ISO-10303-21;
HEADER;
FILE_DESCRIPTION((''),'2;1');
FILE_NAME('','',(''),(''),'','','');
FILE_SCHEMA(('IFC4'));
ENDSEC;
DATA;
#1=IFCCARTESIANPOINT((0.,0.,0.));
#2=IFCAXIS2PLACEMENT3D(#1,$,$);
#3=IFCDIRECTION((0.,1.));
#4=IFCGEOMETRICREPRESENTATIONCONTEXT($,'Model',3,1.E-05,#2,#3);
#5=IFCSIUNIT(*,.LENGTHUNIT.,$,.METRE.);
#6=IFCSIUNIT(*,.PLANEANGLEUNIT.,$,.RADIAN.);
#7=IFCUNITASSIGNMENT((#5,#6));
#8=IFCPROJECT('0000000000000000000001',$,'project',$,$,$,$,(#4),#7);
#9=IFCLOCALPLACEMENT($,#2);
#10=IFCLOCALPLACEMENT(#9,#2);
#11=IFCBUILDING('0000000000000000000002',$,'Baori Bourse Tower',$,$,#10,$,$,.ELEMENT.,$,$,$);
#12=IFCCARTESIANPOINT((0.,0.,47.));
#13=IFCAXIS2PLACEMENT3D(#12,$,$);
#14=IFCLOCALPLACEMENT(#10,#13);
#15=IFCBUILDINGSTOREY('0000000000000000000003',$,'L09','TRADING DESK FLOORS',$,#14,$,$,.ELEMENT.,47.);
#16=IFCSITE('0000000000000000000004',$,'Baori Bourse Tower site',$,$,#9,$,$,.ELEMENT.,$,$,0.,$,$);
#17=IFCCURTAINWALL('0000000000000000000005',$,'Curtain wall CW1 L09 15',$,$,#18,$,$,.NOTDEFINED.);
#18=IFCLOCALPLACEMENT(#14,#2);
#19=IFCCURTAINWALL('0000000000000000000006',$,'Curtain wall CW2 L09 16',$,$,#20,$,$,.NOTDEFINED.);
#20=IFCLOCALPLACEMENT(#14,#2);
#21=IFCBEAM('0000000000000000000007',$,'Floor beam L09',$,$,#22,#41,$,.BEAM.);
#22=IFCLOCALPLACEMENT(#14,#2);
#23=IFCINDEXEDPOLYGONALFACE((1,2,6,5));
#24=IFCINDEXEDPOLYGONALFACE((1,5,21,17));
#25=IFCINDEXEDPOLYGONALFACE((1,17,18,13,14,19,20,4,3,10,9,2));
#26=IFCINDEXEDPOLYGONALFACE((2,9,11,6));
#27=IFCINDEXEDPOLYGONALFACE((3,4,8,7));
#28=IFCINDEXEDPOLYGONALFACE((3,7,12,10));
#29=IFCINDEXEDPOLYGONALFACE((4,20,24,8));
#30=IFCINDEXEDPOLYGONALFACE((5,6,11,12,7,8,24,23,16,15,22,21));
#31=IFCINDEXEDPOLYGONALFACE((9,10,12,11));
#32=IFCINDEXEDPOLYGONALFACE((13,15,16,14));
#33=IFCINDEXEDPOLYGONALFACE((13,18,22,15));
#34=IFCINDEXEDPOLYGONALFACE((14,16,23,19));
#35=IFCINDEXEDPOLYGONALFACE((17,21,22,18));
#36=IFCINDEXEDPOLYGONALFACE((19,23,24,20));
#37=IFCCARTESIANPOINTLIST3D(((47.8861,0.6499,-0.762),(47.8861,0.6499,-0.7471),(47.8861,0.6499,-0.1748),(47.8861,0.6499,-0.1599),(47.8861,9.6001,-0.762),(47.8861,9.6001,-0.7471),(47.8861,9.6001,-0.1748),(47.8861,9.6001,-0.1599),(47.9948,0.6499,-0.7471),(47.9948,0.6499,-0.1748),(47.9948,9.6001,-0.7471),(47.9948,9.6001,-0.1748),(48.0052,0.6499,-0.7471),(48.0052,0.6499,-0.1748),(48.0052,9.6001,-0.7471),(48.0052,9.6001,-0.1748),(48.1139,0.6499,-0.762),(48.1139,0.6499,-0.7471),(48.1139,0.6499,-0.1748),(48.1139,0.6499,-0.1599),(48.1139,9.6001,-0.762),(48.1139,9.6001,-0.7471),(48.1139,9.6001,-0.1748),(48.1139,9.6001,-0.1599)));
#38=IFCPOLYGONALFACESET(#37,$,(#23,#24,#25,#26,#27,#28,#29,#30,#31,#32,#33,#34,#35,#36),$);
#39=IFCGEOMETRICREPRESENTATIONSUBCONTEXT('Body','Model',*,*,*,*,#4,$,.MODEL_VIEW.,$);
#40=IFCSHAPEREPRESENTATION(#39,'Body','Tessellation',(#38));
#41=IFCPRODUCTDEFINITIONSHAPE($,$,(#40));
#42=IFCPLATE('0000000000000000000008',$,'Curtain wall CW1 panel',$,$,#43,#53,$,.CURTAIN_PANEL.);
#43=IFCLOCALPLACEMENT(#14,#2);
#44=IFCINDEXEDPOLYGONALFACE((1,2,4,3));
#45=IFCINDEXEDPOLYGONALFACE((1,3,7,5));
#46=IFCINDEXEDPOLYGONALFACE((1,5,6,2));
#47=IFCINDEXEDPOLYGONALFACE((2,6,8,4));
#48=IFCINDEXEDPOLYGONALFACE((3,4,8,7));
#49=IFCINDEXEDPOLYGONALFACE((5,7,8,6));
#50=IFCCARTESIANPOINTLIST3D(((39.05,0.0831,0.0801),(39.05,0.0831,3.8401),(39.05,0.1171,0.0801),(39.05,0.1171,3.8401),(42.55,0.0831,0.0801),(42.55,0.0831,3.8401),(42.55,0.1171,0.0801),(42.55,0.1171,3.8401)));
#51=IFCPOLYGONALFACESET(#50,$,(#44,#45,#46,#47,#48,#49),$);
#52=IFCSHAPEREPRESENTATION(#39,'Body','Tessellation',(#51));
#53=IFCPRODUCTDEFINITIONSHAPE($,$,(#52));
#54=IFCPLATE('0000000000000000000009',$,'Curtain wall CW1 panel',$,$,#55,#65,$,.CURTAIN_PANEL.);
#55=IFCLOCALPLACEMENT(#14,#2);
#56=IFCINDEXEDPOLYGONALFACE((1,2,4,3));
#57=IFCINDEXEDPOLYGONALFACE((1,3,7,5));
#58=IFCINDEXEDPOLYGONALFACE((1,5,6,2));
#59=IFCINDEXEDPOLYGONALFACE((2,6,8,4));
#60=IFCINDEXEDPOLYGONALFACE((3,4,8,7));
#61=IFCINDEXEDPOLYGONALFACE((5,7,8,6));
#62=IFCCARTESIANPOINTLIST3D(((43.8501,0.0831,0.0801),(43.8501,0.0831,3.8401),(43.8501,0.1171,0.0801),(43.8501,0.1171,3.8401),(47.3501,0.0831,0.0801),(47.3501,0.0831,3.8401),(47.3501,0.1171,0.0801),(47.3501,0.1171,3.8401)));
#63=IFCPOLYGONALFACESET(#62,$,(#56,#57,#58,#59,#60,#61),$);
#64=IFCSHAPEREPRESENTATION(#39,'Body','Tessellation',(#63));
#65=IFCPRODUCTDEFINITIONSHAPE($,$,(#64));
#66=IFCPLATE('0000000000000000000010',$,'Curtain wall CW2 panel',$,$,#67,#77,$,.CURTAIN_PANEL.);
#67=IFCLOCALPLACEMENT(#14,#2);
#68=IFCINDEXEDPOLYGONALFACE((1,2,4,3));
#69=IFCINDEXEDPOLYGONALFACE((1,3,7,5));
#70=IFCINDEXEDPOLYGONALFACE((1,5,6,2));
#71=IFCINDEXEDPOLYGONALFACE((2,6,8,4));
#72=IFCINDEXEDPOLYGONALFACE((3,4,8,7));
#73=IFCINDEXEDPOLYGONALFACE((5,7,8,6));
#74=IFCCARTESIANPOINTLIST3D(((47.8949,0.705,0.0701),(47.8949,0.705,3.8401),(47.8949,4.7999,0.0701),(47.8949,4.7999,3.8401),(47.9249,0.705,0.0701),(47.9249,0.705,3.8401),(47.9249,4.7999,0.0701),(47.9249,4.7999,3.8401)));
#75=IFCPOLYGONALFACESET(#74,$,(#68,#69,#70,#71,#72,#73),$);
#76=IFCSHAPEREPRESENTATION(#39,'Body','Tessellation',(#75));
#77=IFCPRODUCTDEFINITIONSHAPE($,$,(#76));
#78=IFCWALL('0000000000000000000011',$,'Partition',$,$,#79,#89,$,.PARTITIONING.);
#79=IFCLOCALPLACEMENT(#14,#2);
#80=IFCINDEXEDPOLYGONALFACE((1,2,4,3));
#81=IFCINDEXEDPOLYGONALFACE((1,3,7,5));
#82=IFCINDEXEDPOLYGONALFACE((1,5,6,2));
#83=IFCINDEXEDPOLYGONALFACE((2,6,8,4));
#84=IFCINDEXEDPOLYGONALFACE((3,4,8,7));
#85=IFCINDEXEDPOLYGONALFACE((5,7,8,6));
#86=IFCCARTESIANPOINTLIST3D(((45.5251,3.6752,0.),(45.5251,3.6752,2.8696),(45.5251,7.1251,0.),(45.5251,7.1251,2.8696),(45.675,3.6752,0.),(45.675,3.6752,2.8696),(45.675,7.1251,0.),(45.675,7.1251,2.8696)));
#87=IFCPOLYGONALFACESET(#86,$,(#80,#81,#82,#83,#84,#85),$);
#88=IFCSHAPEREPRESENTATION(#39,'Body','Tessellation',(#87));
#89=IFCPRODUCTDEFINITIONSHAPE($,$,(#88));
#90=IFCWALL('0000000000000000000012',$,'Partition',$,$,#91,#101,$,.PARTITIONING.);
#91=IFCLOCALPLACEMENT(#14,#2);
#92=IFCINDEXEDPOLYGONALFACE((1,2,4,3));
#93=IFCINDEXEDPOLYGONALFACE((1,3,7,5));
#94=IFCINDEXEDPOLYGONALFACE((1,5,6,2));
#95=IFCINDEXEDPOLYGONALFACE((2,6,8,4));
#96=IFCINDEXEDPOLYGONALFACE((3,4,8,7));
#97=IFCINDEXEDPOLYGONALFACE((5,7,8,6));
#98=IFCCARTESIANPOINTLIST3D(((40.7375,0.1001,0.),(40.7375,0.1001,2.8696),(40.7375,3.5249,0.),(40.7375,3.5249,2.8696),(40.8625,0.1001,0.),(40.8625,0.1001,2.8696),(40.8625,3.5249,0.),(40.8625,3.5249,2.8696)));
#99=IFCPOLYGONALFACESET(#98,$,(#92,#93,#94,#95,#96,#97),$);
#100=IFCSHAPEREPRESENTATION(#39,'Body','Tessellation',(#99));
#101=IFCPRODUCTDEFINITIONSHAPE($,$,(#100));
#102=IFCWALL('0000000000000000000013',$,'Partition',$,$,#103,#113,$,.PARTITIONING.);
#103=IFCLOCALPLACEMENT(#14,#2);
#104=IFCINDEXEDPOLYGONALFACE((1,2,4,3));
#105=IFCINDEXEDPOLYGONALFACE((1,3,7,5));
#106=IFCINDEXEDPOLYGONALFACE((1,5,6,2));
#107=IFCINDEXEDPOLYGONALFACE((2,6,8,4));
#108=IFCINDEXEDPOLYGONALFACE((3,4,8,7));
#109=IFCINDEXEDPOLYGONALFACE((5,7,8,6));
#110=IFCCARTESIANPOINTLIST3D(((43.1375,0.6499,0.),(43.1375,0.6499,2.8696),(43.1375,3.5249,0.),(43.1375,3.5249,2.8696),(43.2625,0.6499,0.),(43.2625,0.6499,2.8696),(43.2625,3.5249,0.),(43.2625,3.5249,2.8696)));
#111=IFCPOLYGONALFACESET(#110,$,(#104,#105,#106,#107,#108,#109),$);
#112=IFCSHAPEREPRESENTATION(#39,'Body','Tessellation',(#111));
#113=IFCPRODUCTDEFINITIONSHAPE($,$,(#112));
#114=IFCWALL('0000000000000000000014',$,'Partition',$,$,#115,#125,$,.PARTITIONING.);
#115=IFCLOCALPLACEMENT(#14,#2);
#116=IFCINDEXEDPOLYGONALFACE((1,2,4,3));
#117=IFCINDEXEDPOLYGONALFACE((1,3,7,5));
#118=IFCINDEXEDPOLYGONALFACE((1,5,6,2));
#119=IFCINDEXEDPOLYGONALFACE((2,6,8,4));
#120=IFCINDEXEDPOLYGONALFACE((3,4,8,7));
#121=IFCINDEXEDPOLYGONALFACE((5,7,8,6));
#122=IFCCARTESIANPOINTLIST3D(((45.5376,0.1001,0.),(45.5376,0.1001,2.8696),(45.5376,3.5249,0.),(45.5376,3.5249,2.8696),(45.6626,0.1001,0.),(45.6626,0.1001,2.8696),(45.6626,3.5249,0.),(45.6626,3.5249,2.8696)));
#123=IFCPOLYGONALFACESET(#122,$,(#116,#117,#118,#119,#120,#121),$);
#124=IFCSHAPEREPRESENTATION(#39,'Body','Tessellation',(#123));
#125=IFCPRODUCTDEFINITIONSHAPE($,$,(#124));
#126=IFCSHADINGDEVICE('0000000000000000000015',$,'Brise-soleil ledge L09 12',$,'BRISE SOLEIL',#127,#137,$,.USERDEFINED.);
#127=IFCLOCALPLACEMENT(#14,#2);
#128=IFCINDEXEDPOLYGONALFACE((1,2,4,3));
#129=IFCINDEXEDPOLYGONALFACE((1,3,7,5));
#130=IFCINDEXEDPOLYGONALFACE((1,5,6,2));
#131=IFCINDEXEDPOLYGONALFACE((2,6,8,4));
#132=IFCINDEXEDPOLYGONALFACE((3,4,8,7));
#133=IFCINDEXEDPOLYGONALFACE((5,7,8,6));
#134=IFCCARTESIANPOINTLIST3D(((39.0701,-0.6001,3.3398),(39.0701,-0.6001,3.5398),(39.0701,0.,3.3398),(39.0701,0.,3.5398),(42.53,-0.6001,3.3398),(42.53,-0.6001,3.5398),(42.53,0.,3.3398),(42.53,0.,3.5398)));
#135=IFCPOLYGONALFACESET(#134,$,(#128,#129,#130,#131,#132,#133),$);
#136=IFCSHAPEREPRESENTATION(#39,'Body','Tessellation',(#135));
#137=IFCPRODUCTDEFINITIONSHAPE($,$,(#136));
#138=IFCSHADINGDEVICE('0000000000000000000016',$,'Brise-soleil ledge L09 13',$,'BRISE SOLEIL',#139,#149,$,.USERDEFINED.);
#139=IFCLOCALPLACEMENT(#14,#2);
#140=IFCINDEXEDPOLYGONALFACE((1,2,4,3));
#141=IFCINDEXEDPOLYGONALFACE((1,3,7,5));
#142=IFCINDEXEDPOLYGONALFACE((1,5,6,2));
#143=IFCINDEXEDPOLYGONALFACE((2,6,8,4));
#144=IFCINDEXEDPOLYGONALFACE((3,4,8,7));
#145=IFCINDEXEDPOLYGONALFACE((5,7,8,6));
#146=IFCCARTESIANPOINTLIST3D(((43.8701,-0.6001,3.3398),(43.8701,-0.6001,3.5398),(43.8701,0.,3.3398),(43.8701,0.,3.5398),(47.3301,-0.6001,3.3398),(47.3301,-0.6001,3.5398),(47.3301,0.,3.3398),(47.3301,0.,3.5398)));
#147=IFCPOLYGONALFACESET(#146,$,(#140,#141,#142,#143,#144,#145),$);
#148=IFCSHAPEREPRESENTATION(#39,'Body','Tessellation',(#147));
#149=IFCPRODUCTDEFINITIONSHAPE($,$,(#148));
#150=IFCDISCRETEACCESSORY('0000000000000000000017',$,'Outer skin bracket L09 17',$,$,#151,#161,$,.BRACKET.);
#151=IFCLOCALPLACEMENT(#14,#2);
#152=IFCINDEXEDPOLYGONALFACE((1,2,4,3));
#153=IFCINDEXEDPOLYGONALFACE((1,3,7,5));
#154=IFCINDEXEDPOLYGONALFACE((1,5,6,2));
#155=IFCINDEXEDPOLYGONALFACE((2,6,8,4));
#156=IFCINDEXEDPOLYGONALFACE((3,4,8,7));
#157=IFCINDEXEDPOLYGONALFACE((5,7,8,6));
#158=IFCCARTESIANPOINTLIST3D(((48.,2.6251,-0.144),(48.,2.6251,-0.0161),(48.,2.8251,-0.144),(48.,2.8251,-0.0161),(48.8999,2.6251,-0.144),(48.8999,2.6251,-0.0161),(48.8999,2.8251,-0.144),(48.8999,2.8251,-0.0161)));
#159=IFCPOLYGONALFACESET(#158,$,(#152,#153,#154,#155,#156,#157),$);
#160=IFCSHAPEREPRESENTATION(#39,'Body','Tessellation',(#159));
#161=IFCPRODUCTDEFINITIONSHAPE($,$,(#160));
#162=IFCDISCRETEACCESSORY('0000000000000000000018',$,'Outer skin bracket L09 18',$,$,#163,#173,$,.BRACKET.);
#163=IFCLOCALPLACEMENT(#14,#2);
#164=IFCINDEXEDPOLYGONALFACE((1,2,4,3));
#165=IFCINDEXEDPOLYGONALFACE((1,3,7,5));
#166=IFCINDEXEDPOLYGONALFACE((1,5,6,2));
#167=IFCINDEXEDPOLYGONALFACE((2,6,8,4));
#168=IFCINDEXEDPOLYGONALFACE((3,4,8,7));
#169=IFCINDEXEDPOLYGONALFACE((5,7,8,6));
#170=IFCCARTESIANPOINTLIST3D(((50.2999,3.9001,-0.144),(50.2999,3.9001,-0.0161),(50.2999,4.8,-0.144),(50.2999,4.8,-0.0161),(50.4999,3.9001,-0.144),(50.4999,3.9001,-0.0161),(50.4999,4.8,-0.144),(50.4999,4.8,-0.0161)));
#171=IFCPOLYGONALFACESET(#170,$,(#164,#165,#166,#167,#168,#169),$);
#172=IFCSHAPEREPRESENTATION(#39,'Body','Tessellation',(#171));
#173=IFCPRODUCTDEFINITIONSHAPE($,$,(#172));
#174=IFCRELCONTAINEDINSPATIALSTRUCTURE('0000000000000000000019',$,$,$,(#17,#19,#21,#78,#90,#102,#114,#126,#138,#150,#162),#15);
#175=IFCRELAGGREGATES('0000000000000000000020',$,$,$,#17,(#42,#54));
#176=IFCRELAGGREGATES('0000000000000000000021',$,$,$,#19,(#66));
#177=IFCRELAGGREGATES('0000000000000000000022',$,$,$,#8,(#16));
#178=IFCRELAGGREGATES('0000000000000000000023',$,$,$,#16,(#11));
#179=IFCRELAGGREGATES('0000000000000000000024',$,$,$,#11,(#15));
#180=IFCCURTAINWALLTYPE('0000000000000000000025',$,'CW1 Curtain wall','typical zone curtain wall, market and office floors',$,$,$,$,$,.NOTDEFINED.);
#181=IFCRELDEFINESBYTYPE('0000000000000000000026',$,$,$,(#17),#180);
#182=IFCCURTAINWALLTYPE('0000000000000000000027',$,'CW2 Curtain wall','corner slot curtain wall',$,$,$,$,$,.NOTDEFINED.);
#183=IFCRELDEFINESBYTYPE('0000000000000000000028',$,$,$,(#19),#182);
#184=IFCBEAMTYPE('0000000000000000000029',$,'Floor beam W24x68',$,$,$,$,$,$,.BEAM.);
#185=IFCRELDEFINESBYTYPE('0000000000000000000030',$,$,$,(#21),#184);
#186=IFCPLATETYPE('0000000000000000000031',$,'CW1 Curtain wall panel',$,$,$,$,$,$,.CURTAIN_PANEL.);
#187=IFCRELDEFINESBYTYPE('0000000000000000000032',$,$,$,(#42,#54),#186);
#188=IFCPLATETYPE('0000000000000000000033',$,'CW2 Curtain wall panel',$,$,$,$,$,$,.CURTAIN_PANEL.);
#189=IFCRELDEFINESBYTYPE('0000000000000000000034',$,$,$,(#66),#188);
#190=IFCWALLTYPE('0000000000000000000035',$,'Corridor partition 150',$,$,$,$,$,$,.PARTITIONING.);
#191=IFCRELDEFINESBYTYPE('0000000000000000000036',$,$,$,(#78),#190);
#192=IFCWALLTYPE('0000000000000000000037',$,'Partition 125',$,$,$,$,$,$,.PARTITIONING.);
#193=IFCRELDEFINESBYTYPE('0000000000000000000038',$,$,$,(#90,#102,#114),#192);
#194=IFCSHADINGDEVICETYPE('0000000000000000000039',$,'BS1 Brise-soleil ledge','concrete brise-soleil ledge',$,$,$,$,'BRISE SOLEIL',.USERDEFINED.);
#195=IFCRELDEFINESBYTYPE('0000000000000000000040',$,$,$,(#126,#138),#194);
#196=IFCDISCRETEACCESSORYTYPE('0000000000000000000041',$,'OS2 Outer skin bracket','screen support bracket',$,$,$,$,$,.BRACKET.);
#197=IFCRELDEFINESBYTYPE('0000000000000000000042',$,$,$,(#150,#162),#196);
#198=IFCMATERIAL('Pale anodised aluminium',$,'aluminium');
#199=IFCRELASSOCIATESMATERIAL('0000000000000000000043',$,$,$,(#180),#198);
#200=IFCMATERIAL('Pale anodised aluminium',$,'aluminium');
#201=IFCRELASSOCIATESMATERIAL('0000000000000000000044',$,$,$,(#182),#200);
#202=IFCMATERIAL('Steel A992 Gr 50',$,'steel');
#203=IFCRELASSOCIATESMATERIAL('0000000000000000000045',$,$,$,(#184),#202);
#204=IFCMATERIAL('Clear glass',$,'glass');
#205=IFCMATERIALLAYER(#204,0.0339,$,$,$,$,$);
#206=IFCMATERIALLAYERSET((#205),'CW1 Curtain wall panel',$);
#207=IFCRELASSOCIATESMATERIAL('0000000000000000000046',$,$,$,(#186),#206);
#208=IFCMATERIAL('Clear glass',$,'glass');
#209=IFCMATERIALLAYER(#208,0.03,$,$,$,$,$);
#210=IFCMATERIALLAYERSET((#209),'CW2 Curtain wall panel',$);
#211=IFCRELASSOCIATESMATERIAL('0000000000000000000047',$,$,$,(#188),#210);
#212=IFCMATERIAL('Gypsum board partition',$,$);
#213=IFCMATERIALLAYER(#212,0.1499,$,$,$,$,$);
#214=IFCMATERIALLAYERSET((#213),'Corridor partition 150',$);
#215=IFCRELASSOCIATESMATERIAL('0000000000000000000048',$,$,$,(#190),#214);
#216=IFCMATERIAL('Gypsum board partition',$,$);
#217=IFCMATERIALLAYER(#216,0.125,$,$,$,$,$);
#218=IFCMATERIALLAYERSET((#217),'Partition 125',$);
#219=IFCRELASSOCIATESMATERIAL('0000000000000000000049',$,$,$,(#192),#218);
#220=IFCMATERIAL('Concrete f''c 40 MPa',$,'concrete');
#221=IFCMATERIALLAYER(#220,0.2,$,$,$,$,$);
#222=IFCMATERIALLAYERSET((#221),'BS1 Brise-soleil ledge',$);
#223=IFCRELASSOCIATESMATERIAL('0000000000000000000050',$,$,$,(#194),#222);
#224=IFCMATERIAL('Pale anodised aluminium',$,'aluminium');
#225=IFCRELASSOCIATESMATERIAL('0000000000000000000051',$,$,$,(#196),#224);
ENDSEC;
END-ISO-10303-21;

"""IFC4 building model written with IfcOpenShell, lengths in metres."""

from ifc_helpers import new_model, si_unit, direction, frame, frame_2d, origin, origin_2d, place, context, subcontext, project, spatial, rectangle, i_section, extrude, material, layer, layer_set, material_profile, profile_set, type_object, element, aggregate, save


model = new_model("IFC4")

# Units and contexts
model_context = context("Model", 3, precision=1e-05, world=origin(), true_north=direction((0.0, 1.0)))
body_context = subcontext(model_context, "Body", "Model", "MODEL_VIEW")
ifc_project = project(units=[si_unit("LENGTHUNIT", "METRE"), si_unit("PLANEANGLEUNIT", "RADIAN")], contexts=[model_context])

# Site, building, storey
site_placement = place(None, origin())
site = spatial("IfcSite", under=ifc_project, at=site_placement, Name="Baori Bourse Tower site", CompositionType="ELEMENT", RefElevation=0.0)
building_placement = place(site_placement, origin())
building = spatial("IfcBuilding", under=site, at=building_placement, Name="Baori Bourse Tower", CompositionType="ELEMENT")
storey_placement = place(building_placement, frame((0.0, 0.0, 47.0)))
storey = spatial("IfcBuildingStorey", under=building, at=storey_placement, Name="L09", Description="TRADING DESK FLOORS", CompositionType="ELEMENT", Elevation=47.0)

# Curtain walls
ifc_material_1 = material(Name="Pale anodised aluminium", Category="aluminium")
curtain_wall_type_1 = type_object("IfcCurtainWallType", Name="CW1 Curtain wall", Description="typical zone curtain wall, market and office floors", PredefinedType="NOTDEFINED", material=ifc_material_1)
curtain_wall_1_placement = place(storey_placement, origin())
curtain_wall_1 = element("IfcCurtainWall", 1, at=curtain_wall_1_placement, inside=storey, type_object=curtain_wall_type_1, Name="Curtain wall CW1 L09 15", PredefinedType="NOTDEFINED")
ifc_material_2 = material(Name="Pale anodised aluminium", Category="aluminium")
curtain_wall_type_2 = type_object("IfcCurtainWallType", Name="CW2 Curtain wall", Description="corner slot curtain wall", PredefinedType="NOTDEFINED", material=ifc_material_2)
curtain_wall_2_placement = place(storey_placement, origin())
curtain_wall_2 = element("IfcCurtainWall", 2, at=curtain_wall_2_placement, inside=storey, type_object=curtain_wall_type_2, Name="Curtain wall CW2 L09 16", PredefinedType="NOTDEFINED")

# Beam
ifc_material_3 = material(Name="Steel A992 Gr 50", Category="steel")
ifc_material_profile_1 = material_profile(ifc_material_3, i_section(OverallWidth=0.2278, OverallDepth=0.6021, WebThickness=0.0105, FlangeThickness=0.0149, at=origin_2d()), Name="W24x68")
ifc_profile_set_1 = profile_set([ifc_material_profile_1], Name="Steel A992 Gr 50")
beam_type_1 = type_object("IfcBeamType", Name="Floor beam W24x68", PredefinedType="BEAM", material=ifc_profile_set_1)
beam_1_placement = place(storey_placement, frame((48.0, 0.6499, -0.4609), z_axis=(0.0, 1.0, 0.0), x_axis=(-1.0, 0.0, 0.0)))
element("IfcBeam", 3, at=beam_1_placement, inside=storey, type_object=beam_type_1, Name="Floor beam L09", PredefinedType="BEAM", context=body_context, shape_type="SweptSolid", body=[
    extrude(i_section(OverallWidth=0.2278, OverallDepth=0.6021, WebThickness=0.0105, FlangeThickness=0.0149, at=origin_2d()), origin(), (0.0, 0.0, 1.0), 8.9502),
])

# Plates
ifc_material_4 = material(Name="Clear glass", Category="glass")
ifc_layer_1 = layer(ifc_material_4, 0.0339)
ifc_layer_set_1 = layer_set([ifc_layer_1], Name="CW1 Curtain wall panel")
plate_type_1 = type_object("IfcPlateType", Name="CW1 Curtain wall panel", PredefinedType="CURTAIN_PANEL", material=ifc_layer_set_1)
plate_1_placement = place(storey_placement, frame((40.8, 0.1001, 0.0801), z_axis=(0.0, 0.0, 1.0), x_axis=(1.0, 0.0, 0.0)))
plate_1 = element("IfcPlate", 4, at=plate_1_placement, type_object=plate_type_1, Name="Curtain wall CW1 panel", PredefinedType="CURTAIN_PANEL", context=body_context, shape_type="SweptSolid", body=[
    extrude(rectangle(XDim=3.5, YDim=0.0339, at=origin_2d()), origin(), (0.0, 0.0, 1.0), 3.76),
])
plate_2_placement = place(storey_placement, frame((45.6001, 0.1001, 0.0801), z_axis=(0.0, 0.0, 1.0), x_axis=(1.0, 0.0, 0.0)))
plate_2 = element("IfcPlate", 5, at=plate_2_placement, type_object=plate_type_1, Name="Curtain wall CW1 panel", PredefinedType="CURTAIN_PANEL", context=body_context, shape_type="SweptSolid", body=[
    extrude(rectangle(XDim=3.5, YDim=0.0339, at=origin_2d()), origin(), (0.0, 0.0, 1.0), 3.76),
])
aggregate(curtain_wall_1, [plate_1, plate_2])
ifc_material_5 = material(Name="Clear glass", Category="glass")
ifc_layer_2 = layer(ifc_material_5, 0.03)
ifc_layer_set_2 = layer_set([ifc_layer_2], Name="CW2 Curtain wall panel")
plate_type_2 = type_object("IfcPlateType", Name="CW2 Curtain wall panel", PredefinedType="CURTAIN_PANEL", material=ifc_layer_set_2)
plate_3_placement = place(storey_placement, frame((47.9099, 2.7524, 0.0701), z_axis=(0.0, 0.0, 1.0), x_axis=(0.0, 1.0, 0.0)))
plate_3 = element("IfcPlate", 6, at=plate_3_placement, type_object=plate_type_2, Name="Curtain wall CW2 panel", PredefinedType="CURTAIN_PANEL", context=body_context, shape_type="SweptSolid", body=[
    extrude(rectangle(XDim=4.095, YDim=0.03, at=origin_2d()), origin(), (0.0, 0.0, 1.0), 3.77),
])
aggregate(curtain_wall_2, [plate_3])

# Walls
ifc_material_6 = material(Name="Gypsum board partition")
ifc_layer_3 = layer(ifc_material_6, 0.1499)
ifc_layer_set_3 = layer_set([ifc_layer_3], Name="Corridor partition 150")
wall_type_1 = type_object("IfcWallType", Name="Corridor partition 150", PredefinedType="PARTITIONING", material=ifc_layer_set_3)
wall_1_placement = place(storey_placement, frame((45.6001, 3.675, 0.0), z_axis=(0.0, 0.0, 1.0), x_axis=(0.0, 1.0, 0.0)))
element("IfcWall", 7, at=wall_1_placement, inside=storey, type_object=wall_type_1, Name="Partition", PredefinedType="PARTITIONING", context=body_context, shape_type="SweptSolid", body=[
    extrude(rectangle(XDim=3.45, YDim=0.1499, at=frame_2d((1.7251, 0.0))), origin(), (0.0, 0.0, 1.0), 2.8696),
])
ifc_material_7 = material(Name="Gypsum board partition")
ifc_layer_4 = layer(ifc_material_7, 0.125)
ifc_layer_set_4 = layer_set([ifc_layer_4], Name="Partition 125")
wall_type_2 = type_object("IfcWallType", Name="Partition 125", PredefinedType="PARTITIONING", material=ifc_layer_set_4)
wall_2_placement = place(storey_placement, frame((40.8, 0.1001, 0.0), z_axis=(0.0, 0.0, 1.0), x_axis=(0.0, 1.0, 0.0)))
element("IfcWall", 8, at=wall_2_placement, inside=storey, type_object=wall_type_2, Name="Partition", PredefinedType="PARTITIONING", context=body_context, shape_type="SweptSolid", body=[
    extrude(rectangle(XDim=3.4248, YDim=0.125, at=frame_2d((1.7124, 0.0))), origin(), (0.0, 0.0, 1.0), 2.8696),
])
wall_3_placement = place(storey_placement, frame((43.2, 0.6499, 0.0), z_axis=(0.0, 0.0, 1.0), x_axis=(0.0, 1.0, 0.0)))
element("IfcWall", 9, at=wall_3_placement, inside=storey, type_object=wall_type_2, Name="Partition", PredefinedType="PARTITIONING", context=body_context, shape_type="SweptSolid", body=[
    extrude(rectangle(XDim=2.875, YDim=0.125, at=frame_2d((1.4375, 0.0))), origin(), (0.0, 0.0, 1.0), 2.8696),
])
wall_4_placement = place(storey_placement, frame((45.6001, 0.1001, 0.0), z_axis=(0.0, 0.0, 1.0), x_axis=(0.0, 1.0, 0.0)))
element("IfcWall", 10, at=wall_4_placement, inside=storey, type_object=wall_type_2, Name="Partition", PredefinedType="PARTITIONING", context=body_context, shape_type="SweptSolid", body=[
    extrude(rectangle(XDim=3.4248, YDim=0.125, at=frame_2d((1.7124, 0.0))), origin(), (0.0, 0.0, 1.0), 2.8696),
])

# Shading devices
ifc_material_8 = material(Name="Concrete f'c 40 MPa", Category="concrete")
ifc_layer_5 = layer(ifc_material_8, 0.2)
ifc_layer_set_5 = layer_set([ifc_layer_5], Name="BS1 Brise-soleil ledge")
shading_device_type = type_object("IfcShadingDeviceType", Name="BS1 Brise-soleil ledge", Description="concrete brise-soleil ledge", ElementType="BRISE SOLEIL", PredefinedType="USERDEFINED", material=ifc_layer_set_5)
for number, where, z_axis, x_axis, name in (
    (11, (40.8, -0.3, 3.3398), (0.0, 0.0, 1.0), (1.0, 0.0, 0.0), "Brise-soleil ledge L09 12"),
    (12, (45.6001, -0.3, 3.3398), (0.0, 0.0, 1.0), (1.0, 0.0, 0.0), "Brise-soleil ledge L09 13"),
):
    element("IfcShadingDevice", number, at=place(storey_placement, frame(where, z_axis=z_axis, x_axis=x_axis)), inside=storey, type_object=shading_device_type, Name=name, ObjectType="BRISE SOLEIL", PredefinedType="USERDEFINED", context=body_context, shape_type="SweptSolid", body=[
        extrude(rectangle(XDim=3.46, YDim=0.6001, at=origin_2d()), origin(), (0.0, 0.0, 1.0), 0.2),
    ])

# Discrete accessories
ifc_material_9 = material(Name="Pale anodised aluminium", Category="aluminium")
discrete_accessory_type = type_object("IfcDiscreteAccessoryType", Name="OS2 Outer skin bracket", Description="screen support bracket", PredefinedType="BRACKET", material=ifc_material_9)
for number, where, z_axis, x_axis, name in (
    (13, (48.45, 2.7251, -0.144), (0.0, 0.0, 1.0), (0.0, 1.0, 0.0), "Outer skin bracket L09 17"),
    (14, (50.3999, 4.3501, -0.144), (0.0, 0.0, 1.0), (1.0, 0.0, 0.0), "Outer skin bracket L09 18"),
):
    element("IfcDiscreteAccessory", number, at=place(storey_placement, frame(where, z_axis=z_axis, x_axis=x_axis)), inside=storey, type_object=discrete_accessory_type, Name=name, PredefinedType="BRACKET", context=body_context, shape_type="SweptSolid", body=[
        extrude(rectangle(XDim=0.2, YDim=0.8999, at=origin_2d()), origin(), (0.0, 0.0, 1.0), 0.1279),
    ])

save(model, "model.ifc")
